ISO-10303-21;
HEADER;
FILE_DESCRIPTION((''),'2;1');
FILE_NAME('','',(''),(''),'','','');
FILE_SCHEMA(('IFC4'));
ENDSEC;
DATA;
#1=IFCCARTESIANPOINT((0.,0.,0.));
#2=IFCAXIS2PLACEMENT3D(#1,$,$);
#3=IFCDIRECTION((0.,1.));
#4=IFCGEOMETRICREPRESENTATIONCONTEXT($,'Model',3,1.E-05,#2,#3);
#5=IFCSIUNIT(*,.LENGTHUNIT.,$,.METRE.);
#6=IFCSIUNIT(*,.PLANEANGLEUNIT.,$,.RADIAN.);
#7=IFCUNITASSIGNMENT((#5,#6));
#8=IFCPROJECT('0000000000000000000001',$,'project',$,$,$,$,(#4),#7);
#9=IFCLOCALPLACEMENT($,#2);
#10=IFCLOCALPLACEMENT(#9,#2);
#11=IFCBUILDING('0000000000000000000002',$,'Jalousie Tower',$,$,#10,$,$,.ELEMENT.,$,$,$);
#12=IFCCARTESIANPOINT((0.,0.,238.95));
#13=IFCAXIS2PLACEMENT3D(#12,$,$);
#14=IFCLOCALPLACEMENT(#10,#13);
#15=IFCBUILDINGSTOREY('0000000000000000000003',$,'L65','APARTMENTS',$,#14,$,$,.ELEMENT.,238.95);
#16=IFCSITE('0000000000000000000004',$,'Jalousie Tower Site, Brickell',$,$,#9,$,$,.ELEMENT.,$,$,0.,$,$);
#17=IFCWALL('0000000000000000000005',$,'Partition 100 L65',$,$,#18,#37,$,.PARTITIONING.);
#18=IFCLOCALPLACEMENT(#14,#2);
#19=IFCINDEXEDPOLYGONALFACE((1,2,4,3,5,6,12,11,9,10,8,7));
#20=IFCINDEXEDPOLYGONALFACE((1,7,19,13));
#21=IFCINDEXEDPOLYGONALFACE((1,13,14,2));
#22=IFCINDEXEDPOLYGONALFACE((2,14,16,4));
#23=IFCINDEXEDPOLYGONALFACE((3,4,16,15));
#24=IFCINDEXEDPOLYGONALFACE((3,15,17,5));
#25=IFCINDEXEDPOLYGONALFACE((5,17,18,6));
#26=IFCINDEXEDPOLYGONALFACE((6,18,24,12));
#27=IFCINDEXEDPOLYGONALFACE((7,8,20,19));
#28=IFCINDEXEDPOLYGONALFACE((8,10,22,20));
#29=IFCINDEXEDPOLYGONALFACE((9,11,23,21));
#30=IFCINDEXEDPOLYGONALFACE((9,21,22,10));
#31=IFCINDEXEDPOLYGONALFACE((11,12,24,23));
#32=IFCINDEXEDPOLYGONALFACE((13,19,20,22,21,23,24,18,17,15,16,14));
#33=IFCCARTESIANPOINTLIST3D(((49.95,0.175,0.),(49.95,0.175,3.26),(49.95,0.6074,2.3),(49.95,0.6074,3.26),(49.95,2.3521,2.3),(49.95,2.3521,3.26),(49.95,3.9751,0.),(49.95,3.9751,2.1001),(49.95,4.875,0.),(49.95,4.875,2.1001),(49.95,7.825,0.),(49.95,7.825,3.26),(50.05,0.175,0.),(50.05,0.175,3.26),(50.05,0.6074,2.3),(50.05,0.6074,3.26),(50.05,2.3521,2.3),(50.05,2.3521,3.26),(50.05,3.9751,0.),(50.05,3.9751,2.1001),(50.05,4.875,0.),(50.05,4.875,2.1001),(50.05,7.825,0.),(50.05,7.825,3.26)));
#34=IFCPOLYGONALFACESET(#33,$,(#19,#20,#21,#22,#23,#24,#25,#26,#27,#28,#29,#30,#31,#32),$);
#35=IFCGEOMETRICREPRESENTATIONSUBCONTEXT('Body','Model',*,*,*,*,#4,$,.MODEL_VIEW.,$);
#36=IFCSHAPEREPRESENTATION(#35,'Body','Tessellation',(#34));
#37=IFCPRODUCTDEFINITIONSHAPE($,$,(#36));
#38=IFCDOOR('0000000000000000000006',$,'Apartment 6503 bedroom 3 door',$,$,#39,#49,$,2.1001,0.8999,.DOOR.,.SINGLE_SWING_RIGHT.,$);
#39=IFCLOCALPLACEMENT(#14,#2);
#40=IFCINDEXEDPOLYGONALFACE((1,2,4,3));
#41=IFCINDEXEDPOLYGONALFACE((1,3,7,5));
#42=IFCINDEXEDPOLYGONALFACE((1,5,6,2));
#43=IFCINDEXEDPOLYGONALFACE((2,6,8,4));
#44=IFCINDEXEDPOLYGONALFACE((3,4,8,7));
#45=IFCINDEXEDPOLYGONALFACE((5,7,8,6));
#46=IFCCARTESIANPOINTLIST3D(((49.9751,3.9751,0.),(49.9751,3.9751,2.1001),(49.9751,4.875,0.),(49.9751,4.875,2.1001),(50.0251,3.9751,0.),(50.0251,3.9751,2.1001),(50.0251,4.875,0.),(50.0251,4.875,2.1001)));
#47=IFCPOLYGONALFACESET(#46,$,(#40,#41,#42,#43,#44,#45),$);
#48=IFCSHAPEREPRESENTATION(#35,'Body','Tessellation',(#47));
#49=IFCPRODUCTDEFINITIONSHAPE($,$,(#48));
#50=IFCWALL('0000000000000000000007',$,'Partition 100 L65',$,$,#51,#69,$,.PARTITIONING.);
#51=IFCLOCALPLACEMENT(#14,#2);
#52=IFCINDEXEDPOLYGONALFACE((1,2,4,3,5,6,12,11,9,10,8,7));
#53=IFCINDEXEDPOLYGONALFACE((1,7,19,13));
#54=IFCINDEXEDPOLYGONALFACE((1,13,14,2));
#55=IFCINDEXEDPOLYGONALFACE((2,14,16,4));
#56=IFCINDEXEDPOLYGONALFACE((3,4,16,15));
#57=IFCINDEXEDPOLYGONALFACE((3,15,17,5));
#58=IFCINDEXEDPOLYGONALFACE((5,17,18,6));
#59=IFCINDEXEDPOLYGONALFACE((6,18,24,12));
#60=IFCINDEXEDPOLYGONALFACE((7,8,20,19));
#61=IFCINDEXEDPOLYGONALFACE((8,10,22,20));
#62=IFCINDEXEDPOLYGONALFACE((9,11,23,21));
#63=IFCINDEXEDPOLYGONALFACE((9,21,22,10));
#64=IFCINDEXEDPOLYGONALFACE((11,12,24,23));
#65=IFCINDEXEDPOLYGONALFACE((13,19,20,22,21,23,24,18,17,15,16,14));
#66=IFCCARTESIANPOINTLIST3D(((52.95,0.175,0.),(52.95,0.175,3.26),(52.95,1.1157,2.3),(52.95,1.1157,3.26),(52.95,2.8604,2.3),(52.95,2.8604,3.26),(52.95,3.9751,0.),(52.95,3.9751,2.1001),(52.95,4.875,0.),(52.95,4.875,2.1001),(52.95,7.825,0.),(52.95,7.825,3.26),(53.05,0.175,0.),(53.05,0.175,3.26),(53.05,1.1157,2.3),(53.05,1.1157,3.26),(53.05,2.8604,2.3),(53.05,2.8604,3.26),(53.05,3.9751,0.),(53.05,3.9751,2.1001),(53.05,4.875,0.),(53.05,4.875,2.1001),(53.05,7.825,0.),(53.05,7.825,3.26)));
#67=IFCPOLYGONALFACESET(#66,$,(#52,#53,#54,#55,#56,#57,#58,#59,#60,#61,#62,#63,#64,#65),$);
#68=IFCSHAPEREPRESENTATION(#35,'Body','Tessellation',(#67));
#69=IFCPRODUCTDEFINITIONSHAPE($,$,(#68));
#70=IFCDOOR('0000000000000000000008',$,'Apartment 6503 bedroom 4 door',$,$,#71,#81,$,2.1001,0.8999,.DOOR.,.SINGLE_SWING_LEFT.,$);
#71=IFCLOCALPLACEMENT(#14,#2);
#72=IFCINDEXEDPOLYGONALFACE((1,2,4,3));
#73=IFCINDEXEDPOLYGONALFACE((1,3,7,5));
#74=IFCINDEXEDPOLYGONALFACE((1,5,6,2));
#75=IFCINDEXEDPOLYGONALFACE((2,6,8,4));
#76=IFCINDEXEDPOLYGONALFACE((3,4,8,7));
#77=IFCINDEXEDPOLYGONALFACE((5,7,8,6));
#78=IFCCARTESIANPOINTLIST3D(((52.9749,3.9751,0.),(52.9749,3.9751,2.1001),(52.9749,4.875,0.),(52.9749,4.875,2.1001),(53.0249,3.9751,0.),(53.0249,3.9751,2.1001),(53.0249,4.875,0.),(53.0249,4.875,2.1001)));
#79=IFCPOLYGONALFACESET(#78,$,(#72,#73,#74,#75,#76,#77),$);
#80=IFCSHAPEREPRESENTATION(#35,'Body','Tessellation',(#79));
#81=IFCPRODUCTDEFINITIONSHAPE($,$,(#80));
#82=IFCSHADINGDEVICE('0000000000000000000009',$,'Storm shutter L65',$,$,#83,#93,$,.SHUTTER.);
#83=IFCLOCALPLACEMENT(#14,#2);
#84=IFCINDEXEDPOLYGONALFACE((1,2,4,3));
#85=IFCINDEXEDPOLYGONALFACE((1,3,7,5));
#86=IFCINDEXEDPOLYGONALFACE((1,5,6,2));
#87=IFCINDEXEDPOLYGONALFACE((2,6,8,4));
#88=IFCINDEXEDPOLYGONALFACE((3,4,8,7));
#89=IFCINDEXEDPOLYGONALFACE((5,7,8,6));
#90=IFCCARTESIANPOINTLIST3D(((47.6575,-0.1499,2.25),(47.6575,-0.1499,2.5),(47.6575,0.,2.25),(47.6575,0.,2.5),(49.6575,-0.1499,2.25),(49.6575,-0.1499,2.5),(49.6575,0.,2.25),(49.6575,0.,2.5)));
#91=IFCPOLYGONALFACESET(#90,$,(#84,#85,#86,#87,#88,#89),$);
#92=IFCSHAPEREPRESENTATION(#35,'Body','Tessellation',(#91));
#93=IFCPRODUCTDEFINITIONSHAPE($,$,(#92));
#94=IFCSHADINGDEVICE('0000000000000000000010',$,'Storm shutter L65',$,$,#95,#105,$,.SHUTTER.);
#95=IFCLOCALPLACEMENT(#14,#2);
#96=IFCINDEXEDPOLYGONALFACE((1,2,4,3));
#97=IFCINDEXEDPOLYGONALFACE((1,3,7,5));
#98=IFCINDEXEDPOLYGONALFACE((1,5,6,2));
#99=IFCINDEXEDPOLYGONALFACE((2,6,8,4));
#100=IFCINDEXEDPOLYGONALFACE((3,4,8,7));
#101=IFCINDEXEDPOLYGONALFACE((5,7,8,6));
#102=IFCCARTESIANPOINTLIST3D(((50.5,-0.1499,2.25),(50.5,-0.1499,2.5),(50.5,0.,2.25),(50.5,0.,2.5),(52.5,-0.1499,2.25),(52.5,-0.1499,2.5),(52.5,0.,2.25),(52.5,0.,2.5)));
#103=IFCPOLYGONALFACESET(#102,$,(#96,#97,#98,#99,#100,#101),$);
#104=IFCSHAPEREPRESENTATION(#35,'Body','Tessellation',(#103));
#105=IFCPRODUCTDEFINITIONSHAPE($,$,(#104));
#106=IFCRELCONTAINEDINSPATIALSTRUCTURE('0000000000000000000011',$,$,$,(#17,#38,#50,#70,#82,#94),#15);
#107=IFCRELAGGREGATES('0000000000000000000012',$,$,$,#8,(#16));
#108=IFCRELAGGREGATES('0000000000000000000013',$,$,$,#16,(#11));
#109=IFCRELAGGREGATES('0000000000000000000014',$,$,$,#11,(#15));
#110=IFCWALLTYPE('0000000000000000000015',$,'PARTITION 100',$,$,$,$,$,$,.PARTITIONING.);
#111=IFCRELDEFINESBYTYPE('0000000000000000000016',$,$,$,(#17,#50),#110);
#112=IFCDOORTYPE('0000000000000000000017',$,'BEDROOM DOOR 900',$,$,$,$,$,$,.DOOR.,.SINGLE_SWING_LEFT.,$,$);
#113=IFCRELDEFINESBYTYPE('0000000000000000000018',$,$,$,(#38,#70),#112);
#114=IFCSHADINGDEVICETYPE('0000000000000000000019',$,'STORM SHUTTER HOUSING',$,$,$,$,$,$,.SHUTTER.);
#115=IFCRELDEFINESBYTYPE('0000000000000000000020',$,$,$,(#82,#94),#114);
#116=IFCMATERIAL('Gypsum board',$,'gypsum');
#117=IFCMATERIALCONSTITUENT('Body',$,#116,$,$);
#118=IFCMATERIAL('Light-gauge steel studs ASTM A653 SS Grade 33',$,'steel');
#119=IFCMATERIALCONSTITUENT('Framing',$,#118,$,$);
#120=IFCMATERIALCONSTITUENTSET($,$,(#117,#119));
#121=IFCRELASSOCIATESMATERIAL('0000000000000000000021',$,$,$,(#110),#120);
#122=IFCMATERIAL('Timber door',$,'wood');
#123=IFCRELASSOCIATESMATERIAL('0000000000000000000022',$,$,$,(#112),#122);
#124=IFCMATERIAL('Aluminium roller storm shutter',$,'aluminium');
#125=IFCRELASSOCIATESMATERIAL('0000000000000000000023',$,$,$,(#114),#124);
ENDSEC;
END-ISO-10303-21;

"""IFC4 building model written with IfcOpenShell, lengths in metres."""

from ifc_helpers import new_model, si_unit, direction, frame, frame_2d, origin, origin_2d, place, context, subcontext, project, spatial, polyline, rectangle, outline, extrude, material, constituent, constituent_set, type_object, element, fill, save


model = new_model("IFC4")

# Units and contexts
model_context = context("Model", 3, precision=1e-05, world=origin(), true_north=direction((0.0, 1.0)))
body_context = subcontext(model_context, "Body", "Model", "MODEL_VIEW")
ifc_project = project(units=[si_unit("LENGTHUNIT", "METRE"), si_unit("PLANEANGLEUNIT", "RADIAN")], contexts=[model_context])

# Site, building, storey
site_placement = place(None, origin())
site = spatial("IfcSite", under=ifc_project, at=site_placement, Name="Jalousie Tower Site, Brickell", CompositionType="ELEMENT", RefElevation=0.0)
building_placement = place(site_placement, origin())
building = spatial("IfcBuilding", under=site, at=building_placement, Name="Jalousie Tower", CompositionType="ELEMENT")
storey_placement = place(building_placement, frame((0.0, 0.0, 238.95)))
storey = spatial("IfcBuildingStorey", under=building, at=storey_placement, Name="L65", Description="APARTMENTS", CompositionType="ELEMENT", Elevation=238.95)

# Walls, openings, doors
ifc_material_1 = material(Name="Gypsum board", Category="gypsum")
ifc_constituent_1 = constituent(ifc_material_1, Name="Body")
ifc_material_2 = material(Name="Light-gauge steel studs ASTM A653 SS Grade 33", Category="steel")
ifc_constituent_2 = constituent(ifc_material_2, Name="Framing")
ifc_constituent_set_1 = constituent_set(constituents=[ifc_constituent_1, ifc_constituent_2])
wall_type_1 = type_object("IfcWallType", Name="PARTITION 100", PredefinedType="PARTITIONING", material=ifc_constituent_set_1)
wall_1_placement = place(storey_placement, frame((50.0, 0.175, 0.0), z_axis=(0.0, 0.0, 1.0), x_axis=(0.0, 1.0, 0.0)))
wall_1 = element("IfcWall", 1, at=wall_1_placement, inside=storey, type_object=wall_type_1, Name="Partition 100 L65", PredefinedType="PARTITIONING", context=body_context, shape_type="SweptSolid", body=[
    extrude(outline(polyline([(0.0, 0.0), (7.6499, 0.0), (7.6499, 3.26), (2.177, 3.26), (2.177, 2.3), (0.4324, 2.3), (0.4324, 3.26), (0.0, 3.26), (0.0, 0.0)])), frame((0.0, 0.05, 0.0), z_axis=(0.0, -1.0, 0.0), x_axis=(1.0, 0.0, 0.0)), (0.0, 0.0, 1.0), 0.1001),
])
opening_1_placement = place(wall_1_placement, frame((3.8, 0.0, 0.0)))
opening_1 = element("IfcOpeningElement", 2, at=opening_1_placement, cuts=wall_1, PredefinedType="OPENING", context=body_context, shape_type="SweptSolid", body=[
    extrude(rectangle(XDim=0.8999, YDim=2.1001, at=frame_2d((0.45, 1.05))), frame((0.0, 0.0601, 0.0), z_axis=(0.0, -1.0, 0.0), x_axis=(1.0, 0.0, 0.0)), (0.0, 0.0, 1.0), 0.1201),
])
ifc_material_3 = material(Name="Timber door", Category="wood")
door_type = type_object("IfcDoorType", Name="BEDROOM DOOR 900", OperationType="SINGLE_SWING_LEFT", PredefinedType="DOOR", material=ifc_material_3)
door_1_placement = place(opening_1_placement, origin())
door_1 = element("IfcDoor", 3, at=door_1_placement, inside=storey, type_object=door_type, Name="Apartment 6503 bedroom 3 door", OperationType="SINGLE_SWING_RIGHT", OverallHeight=2.1001, OverallWidth=0.8999, PredefinedType="DOOR", context=body_context, shape_type="SweptSolid", body=[
    extrude(rectangle(XDim=0.8999, YDim=2.1001, at=frame_2d((0.45, 1.05))), frame((0.0, 0.0249, 0.0), z_axis=(0.0, -1.0, 0.0), x_axis=(1.0, 0.0, 0.0)), (0.0, 0.0, 1.0), 0.05),
])
fill(opening_1, door_1)
wall_2_placement = place(storey_placement, frame((53.0, 0.175, 0.0), z_axis=(0.0, 0.0, 1.0), x_axis=(0.0, 1.0, 0.0)))
wall_2 = element("IfcWall", 4, at=wall_2_placement, inside=storey, type_object=wall_type_1, Name="Partition 100 L65", PredefinedType="PARTITIONING", context=body_context, shape_type="SweptSolid", body=[
    extrude(outline(polyline([(0.0, 0.0), (7.6499, 0.0), (7.6499, 3.26), (2.6853, 3.26), (2.6853, 2.3), (0.9407, 2.3), (0.9407, 3.26), (0.0, 3.26), (0.0, 0.0)])), frame((0.0, 0.05, 0.0), z_axis=(0.0, -1.0, 0.0), x_axis=(1.0, 0.0, 0.0)), (0.0, 0.0, 1.0), 0.1001),
])
opening_2_placement = place(wall_2_placement, frame((3.8, 0.0, 0.0)))
opening_2 = element("IfcOpeningElement", 5, at=opening_2_placement, cuts=wall_2, PredefinedType="OPENING", context=body_context, shape_type="SweptSolid", body=[
    extrude(rectangle(XDim=0.8999, YDim=2.1001, at=frame_2d((0.45, 1.05))), frame((0.0, 0.0601, 0.0), z_axis=(0.0, -1.0, 0.0), x_axis=(1.0, 0.0, 0.0)), (0.0, 0.0, 1.0), 0.1201),
])
door_2_placement = place(opening_2_placement, frame((0.8999, 0.0, 0.0), z_axis=(0.0, 0.0, 1.0), x_axis=(-1.0, 0.0, 0.0)))
door_2 = element("IfcDoor", 6, at=door_2_placement, inside=storey, type_object=door_type, Name="Apartment 6503 bedroom 4 door", OperationType="SINGLE_SWING_LEFT", OverallHeight=2.1001, OverallWidth=0.8999, PredefinedType="DOOR", context=body_context, shape_type="SweptSolid", body=[
    extrude(rectangle(XDim=0.8999, YDim=2.1001, at=frame_2d((0.45, 1.05))), frame((0.0, 0.0249, 0.0), z_axis=(0.0, -1.0, 0.0), x_axis=(1.0, 0.0, 0.0)), (0.0, 0.0, 1.0), 0.05),
])
fill(opening_2, door_2)

# Shading devices
ifc_material_4 = material(Name="Aluminium roller storm shutter", Category="aluminium")
shading_device_type = type_object("IfcShadingDeviceType", Name="STORM SHUTTER HOUSING", PredefinedType="SHUTTER", material=ifc_material_4)
for number, where, z_axis, x_axis, name in (
    (7, (48.6575, -0.075, 2.25), (0.0, 0.0, 1.0), (1.0, 0.0, 0.0), "Storm shutter L65"),
    (8, (51.5, -0.075, 2.25), (0.0, 0.0, 1.0), (1.0, 0.0, 0.0), "Storm shutter L65"),
):
    element("IfcShadingDevice", number, at=place(storey_placement, frame(where, z_axis=z_axis, x_axis=x_axis)), inside=storey, type_object=shading_device_type, Name=name, PredefinedType="SHUTTER", context=body_context, shape_type="SweptSolid", body=[
        extrude(rectangle(XDim=2.0, YDim=0.1499, at=origin_2d()), origin(), (0.0, 0.0, 1.0), 0.25),
    ])

save(model, "model.ifc")
